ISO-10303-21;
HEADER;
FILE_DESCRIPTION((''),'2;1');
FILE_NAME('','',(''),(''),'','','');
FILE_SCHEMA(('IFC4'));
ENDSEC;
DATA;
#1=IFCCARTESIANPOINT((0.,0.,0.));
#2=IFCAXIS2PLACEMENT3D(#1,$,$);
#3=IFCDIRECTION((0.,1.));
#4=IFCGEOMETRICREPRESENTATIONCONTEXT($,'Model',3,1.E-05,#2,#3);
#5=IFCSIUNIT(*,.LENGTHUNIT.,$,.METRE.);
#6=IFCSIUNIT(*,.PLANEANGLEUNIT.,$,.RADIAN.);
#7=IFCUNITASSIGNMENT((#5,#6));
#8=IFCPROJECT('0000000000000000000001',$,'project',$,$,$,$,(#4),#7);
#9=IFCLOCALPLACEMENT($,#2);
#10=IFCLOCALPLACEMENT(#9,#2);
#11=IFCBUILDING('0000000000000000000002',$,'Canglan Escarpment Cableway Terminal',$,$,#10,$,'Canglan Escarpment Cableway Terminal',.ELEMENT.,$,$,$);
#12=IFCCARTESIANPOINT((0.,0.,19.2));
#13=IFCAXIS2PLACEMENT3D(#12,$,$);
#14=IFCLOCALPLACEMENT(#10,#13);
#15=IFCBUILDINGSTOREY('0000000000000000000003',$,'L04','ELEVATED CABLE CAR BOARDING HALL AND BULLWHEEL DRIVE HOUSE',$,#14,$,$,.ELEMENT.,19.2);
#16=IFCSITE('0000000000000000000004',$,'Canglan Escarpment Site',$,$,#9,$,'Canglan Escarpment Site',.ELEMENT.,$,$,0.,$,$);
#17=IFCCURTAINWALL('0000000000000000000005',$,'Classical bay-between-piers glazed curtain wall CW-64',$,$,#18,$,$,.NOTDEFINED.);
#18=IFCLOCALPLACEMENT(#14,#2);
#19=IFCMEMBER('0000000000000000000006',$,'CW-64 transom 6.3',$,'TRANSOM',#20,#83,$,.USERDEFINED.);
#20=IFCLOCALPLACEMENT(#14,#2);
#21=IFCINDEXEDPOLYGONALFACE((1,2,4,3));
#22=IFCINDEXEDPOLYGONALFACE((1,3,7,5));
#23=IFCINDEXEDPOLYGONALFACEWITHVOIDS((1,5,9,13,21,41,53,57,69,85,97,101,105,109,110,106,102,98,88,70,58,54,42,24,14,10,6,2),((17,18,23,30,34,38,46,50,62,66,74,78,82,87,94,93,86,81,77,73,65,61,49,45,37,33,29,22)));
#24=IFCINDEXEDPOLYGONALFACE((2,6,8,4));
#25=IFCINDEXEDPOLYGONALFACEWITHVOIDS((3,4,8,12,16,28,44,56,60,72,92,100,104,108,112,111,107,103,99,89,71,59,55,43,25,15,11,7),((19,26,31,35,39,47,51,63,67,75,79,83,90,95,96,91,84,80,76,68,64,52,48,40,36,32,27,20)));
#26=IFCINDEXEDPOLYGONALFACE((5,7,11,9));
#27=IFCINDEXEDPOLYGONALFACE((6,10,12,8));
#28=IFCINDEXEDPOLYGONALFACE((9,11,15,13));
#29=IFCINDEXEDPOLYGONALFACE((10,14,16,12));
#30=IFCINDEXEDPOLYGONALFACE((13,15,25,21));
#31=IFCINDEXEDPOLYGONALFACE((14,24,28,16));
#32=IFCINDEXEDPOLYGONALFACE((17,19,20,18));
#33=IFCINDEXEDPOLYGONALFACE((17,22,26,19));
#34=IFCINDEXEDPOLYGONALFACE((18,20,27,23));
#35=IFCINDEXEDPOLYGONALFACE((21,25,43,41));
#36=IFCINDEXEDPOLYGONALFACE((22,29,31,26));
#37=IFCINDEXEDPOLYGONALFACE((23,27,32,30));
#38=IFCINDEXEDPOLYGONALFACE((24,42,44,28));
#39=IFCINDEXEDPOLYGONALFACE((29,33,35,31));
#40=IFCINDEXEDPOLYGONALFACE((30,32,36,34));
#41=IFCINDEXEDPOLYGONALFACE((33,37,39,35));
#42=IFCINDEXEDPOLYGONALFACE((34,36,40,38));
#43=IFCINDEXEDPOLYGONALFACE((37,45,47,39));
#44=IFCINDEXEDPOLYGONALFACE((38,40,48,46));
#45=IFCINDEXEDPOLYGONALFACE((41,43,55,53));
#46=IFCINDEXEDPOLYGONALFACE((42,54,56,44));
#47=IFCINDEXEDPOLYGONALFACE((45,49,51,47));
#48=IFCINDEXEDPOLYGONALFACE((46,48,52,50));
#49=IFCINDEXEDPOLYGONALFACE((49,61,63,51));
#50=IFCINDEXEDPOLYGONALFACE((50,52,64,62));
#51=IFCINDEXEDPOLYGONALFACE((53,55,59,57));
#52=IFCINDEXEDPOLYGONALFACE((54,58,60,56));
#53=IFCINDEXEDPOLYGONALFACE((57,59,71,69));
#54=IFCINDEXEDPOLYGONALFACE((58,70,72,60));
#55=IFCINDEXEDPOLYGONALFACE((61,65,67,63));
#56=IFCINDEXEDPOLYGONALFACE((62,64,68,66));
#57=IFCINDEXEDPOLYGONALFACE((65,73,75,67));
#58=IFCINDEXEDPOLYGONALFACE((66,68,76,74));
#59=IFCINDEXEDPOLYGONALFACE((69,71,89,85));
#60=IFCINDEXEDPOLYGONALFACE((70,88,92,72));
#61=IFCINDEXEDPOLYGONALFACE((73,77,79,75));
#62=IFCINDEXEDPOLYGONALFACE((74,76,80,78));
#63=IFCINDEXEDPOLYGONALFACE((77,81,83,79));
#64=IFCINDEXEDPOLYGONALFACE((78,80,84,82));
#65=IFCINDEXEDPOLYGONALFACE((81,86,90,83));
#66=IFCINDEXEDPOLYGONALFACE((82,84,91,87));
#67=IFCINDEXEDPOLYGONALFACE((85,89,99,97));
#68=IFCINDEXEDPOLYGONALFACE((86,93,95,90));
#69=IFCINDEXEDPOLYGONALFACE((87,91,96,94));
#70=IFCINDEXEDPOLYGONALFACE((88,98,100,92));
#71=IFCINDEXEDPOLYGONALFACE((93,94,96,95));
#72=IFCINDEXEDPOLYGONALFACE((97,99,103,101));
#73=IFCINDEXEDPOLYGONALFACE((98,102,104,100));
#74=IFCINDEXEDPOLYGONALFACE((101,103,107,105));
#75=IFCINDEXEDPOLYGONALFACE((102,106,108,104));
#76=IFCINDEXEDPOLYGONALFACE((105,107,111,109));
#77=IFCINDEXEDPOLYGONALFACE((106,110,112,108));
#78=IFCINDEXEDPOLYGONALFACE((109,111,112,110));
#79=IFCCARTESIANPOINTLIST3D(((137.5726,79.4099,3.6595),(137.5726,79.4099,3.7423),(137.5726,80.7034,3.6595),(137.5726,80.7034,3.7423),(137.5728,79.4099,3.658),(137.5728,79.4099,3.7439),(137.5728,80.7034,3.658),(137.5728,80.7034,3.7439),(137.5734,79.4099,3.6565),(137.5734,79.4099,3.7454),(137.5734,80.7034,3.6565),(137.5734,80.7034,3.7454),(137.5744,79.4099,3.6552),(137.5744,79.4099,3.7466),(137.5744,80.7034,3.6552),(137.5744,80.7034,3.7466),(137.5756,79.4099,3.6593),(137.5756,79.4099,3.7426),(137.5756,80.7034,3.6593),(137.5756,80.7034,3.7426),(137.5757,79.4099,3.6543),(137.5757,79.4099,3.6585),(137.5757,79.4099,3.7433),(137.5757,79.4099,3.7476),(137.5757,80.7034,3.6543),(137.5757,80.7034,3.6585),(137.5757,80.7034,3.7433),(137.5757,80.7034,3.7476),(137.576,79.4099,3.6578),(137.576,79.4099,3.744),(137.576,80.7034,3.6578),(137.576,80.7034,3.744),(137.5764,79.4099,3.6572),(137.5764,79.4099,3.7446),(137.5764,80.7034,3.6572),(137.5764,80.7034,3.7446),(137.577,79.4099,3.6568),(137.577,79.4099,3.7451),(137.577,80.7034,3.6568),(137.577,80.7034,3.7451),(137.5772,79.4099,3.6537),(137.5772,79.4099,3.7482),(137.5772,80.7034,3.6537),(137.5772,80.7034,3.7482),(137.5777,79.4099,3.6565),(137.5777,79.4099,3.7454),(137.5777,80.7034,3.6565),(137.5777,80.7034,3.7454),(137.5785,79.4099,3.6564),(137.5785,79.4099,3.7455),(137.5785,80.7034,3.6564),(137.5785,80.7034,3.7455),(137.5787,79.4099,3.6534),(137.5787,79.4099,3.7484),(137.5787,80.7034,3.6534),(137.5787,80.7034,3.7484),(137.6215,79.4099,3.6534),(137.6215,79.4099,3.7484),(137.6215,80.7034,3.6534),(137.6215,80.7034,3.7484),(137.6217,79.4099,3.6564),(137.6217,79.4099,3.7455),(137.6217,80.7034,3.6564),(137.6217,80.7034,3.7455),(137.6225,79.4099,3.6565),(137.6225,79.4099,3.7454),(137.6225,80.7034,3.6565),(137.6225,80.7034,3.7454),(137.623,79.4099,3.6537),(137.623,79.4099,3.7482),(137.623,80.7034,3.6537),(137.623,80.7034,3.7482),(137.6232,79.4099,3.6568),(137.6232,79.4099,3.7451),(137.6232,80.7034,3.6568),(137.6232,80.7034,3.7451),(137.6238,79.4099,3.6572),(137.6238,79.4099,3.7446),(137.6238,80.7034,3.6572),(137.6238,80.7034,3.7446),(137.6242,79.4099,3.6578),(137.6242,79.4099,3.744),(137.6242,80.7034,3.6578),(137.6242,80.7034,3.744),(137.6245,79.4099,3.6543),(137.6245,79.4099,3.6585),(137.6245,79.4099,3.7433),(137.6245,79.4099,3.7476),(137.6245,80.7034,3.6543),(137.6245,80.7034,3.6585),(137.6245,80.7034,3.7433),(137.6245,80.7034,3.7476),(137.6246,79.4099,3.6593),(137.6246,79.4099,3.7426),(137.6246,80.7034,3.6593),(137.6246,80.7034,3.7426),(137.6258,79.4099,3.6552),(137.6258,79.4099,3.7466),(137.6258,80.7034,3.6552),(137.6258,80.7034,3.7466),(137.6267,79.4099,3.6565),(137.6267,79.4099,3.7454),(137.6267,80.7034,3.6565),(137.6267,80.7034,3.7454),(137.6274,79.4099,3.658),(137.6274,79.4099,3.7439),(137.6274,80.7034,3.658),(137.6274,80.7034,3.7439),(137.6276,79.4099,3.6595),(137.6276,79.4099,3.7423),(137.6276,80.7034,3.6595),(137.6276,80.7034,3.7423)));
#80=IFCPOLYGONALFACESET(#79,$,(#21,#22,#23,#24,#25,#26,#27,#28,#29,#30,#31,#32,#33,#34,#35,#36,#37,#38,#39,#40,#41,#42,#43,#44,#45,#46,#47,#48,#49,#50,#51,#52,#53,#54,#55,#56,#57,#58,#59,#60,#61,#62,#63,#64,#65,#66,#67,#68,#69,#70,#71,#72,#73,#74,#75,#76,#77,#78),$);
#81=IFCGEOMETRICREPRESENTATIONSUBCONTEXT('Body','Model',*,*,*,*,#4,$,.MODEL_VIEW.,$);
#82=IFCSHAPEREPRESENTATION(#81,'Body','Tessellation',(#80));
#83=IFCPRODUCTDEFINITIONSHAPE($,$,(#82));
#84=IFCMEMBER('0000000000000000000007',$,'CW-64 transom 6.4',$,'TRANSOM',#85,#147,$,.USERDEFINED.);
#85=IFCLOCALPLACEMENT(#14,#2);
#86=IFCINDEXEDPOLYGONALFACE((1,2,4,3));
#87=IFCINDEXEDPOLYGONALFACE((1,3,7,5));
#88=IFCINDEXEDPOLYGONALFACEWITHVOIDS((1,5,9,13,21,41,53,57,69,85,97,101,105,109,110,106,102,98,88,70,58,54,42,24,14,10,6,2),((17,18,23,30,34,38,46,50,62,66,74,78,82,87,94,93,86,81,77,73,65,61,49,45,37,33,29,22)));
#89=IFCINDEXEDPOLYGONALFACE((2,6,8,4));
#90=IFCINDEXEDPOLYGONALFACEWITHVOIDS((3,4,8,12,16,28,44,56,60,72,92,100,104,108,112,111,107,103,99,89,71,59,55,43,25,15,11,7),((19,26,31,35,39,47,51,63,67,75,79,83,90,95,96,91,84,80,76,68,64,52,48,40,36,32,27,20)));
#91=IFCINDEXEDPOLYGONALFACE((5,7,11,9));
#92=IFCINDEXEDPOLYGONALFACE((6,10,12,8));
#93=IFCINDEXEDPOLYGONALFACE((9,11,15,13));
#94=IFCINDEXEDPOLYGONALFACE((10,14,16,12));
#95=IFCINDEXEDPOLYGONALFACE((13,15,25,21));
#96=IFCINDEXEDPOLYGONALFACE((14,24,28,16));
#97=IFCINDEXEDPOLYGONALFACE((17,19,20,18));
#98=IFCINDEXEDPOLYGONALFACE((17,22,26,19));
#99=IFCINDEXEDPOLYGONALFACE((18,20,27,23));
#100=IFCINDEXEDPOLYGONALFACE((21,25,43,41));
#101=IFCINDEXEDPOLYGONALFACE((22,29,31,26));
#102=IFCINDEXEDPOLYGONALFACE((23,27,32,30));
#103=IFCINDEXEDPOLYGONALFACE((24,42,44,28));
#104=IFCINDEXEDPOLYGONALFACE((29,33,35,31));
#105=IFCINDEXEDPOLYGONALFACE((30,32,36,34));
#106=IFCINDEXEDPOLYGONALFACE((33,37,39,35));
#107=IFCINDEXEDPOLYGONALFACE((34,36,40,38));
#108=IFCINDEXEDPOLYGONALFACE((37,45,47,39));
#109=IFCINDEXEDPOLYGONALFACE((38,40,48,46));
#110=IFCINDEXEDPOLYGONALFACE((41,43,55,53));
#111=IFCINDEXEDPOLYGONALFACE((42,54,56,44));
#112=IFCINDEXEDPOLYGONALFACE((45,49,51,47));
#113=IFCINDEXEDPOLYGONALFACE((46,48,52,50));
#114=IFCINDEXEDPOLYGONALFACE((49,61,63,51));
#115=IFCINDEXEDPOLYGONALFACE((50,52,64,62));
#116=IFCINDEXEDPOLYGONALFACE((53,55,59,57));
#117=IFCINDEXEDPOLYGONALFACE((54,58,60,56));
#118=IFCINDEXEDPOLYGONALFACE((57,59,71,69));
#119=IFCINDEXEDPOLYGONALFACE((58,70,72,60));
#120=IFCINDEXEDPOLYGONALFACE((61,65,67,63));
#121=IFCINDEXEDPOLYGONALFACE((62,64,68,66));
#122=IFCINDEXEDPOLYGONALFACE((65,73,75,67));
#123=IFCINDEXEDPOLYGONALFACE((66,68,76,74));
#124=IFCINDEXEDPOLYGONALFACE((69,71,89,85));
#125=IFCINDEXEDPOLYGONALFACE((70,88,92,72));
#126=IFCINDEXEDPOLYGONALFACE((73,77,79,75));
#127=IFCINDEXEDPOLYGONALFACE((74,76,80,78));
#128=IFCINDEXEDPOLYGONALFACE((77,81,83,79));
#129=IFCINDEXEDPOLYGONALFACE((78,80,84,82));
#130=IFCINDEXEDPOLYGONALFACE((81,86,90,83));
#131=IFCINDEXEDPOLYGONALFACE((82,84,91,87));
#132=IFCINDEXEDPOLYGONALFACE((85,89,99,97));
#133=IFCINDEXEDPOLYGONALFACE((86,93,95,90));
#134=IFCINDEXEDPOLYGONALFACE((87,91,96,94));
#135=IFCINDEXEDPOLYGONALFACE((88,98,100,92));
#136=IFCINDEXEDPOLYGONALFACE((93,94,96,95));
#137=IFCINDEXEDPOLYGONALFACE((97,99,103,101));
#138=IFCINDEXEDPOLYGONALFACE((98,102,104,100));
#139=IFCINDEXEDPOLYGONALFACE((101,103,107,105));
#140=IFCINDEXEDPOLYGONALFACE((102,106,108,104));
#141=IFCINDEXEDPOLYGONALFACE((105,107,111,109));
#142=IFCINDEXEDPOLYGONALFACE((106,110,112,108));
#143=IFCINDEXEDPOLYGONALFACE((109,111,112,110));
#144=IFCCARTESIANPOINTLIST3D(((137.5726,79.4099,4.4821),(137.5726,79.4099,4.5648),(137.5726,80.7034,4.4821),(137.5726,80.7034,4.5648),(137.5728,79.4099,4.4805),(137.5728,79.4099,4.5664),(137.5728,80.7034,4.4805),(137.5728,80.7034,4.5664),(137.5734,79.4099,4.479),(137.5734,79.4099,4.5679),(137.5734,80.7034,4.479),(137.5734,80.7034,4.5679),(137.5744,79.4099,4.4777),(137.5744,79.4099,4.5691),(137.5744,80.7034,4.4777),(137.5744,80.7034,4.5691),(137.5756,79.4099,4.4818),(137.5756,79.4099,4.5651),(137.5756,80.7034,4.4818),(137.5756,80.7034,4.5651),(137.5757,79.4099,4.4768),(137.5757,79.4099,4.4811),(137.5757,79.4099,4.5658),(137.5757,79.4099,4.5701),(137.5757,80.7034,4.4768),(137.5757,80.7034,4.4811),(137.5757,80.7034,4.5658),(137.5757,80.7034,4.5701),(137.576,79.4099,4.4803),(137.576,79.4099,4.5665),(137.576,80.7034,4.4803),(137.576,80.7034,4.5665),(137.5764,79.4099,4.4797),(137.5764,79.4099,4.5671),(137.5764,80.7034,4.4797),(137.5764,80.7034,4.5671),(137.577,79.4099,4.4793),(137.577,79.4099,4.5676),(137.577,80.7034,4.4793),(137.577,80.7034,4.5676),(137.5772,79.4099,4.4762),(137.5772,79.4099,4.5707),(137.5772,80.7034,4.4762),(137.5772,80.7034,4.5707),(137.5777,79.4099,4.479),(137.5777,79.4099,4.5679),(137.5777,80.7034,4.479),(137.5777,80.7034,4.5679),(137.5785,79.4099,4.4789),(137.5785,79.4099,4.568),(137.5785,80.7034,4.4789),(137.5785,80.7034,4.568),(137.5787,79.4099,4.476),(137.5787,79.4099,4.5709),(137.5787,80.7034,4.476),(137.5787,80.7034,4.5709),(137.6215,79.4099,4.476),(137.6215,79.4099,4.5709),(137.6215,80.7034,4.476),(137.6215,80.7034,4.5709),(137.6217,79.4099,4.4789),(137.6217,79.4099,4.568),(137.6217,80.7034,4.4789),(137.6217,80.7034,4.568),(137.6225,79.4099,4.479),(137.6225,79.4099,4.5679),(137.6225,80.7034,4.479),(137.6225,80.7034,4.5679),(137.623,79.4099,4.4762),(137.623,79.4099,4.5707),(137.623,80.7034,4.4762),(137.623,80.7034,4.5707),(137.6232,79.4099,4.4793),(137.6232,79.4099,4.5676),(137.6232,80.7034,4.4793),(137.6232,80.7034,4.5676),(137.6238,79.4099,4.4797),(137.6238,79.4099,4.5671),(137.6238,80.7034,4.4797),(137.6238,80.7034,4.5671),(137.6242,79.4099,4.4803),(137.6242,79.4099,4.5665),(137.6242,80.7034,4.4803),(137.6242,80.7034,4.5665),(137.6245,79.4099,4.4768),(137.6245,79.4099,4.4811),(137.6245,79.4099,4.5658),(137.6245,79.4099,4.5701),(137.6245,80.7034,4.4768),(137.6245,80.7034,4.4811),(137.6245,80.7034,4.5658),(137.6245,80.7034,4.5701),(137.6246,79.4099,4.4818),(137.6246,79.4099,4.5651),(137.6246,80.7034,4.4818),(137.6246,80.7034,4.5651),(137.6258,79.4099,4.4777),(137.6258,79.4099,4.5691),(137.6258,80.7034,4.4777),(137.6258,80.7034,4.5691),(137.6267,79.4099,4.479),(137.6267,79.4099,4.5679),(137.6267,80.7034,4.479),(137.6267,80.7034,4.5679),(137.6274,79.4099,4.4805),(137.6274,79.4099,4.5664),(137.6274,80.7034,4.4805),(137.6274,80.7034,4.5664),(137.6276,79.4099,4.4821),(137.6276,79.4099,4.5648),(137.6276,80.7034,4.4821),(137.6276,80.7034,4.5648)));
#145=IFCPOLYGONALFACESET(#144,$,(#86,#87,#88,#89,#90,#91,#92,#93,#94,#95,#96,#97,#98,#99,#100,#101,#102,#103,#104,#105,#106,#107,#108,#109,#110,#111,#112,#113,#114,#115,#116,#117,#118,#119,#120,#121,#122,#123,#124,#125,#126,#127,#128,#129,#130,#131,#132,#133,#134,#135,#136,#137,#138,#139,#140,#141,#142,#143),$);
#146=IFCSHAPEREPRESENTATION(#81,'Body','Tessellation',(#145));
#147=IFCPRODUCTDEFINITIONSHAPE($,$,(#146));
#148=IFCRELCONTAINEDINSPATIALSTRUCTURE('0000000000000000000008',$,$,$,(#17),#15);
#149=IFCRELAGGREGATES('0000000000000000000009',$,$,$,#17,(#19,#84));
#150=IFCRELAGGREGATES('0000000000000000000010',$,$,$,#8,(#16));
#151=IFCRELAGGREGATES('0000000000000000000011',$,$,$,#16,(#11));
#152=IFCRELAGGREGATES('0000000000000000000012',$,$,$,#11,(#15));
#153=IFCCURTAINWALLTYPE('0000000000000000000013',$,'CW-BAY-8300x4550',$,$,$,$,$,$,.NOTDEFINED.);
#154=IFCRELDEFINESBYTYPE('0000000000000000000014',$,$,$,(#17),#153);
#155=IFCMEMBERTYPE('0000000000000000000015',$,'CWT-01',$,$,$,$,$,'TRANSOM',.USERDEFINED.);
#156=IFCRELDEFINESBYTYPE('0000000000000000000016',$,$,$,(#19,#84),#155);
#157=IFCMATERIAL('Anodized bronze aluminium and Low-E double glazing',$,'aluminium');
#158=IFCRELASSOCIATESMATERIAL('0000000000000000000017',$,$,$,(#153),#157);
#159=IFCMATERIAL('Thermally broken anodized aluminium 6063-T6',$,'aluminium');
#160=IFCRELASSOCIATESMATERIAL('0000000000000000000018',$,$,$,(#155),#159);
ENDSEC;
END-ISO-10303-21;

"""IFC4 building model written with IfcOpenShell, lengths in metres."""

from ifc_helpers import new_model, si_unit, direction, frame, origin, origin_2d, place, context, subcontext, project, spatial, hollow_rectangle, extrude, material, material_profile, profile_set, type_object, element, aggregate, save


model = new_model("IFC4")

# Units and contexts
model_context = context("Model", 3, precision=1e-05, world=origin(), true_north=direction((0.0, 1.0)))
body_context = subcontext(model_context, "Body", "Model", "MODEL_VIEW")
ifc_project = project(units=[si_unit("LENGTHUNIT", "METRE"), si_unit("PLANEANGLEUNIT", "RADIAN")], contexts=[model_context])

# Site, building, storey
site_placement = place(None, origin())
site = spatial("IfcSite", under=ifc_project, at=site_placement, Name="Canglan Escarpment Site", LongName="Canglan Escarpment Site", CompositionType="ELEMENT", RefElevation=0.0)
building_placement = place(site_placement, origin())
building = spatial("IfcBuilding", under=site, at=building_placement, Name="Canglan Escarpment Cableway Terminal", LongName="Canglan Escarpment Cableway Terminal", CompositionType="ELEMENT")
storey_placement = place(building_placement, frame((0.0, 0.0, 19.2)))
storey = spatial("IfcBuildingStorey", under=building, at=storey_placement, Name="L04", Description="ELEVATED CABLE CAR BOARDING HALL AND BULLWHEEL DRIVE HOUSE", CompositionType="ELEMENT", Elevation=19.2)

# Curtain wall
ifc_material_1 = material(Name="Anodized bronze aluminium and Low-E double glazing", Category="aluminium")
curtain_wall_type = type_object("IfcCurtainWallType", Name="CW-BAY-8300x4550", PredefinedType="NOTDEFINED", material=ifc_material_1)
curtain_wall_1_placement = place(storey_placement, origin())
curtain_wall_1 = element("IfcCurtainWall", 1, at=curtain_wall_1_placement, inside=storey, type_object=curtain_wall_type, Name="Classical bay-between-piers glazed curtain wall CW-64", PredefinedType="NOTDEFINED")
ifc_material_2 = material(Name="Thermally broken anodized aluminium 6063-T6", Category="aluminium")

# Members
ifc_material_profile_1 = material_profile(ifc_material_2, hollow_rectangle(XDim=0.0549, YDim=0.095, WallThickness=0.0029, InnerFilletRadius=0.0029, OuterFilletRadius=0.0061, at=origin_2d()), Name="ALU-TRAN 55x95x3")
ifc_profile_set_1 = profile_set([ifc_material_profile_1], Name="Thermally broken anodized aluminium 6063-T6")
member_type_1 = type_object("IfcMemberType", Name="CWT-01", ElementType="TRANSOM", PredefinedType="USERDEFINED", material=ifc_profile_set_1)
member_1_placement = place(storey_placement, frame((137.6001, 80.7034, 3.7009), z_axis=(0.0, -1.0, 0.0), x_axis=(1.0, 0.0, 0.0)))
member_1 = element("IfcMember", 2, at=member_1_placement, type_object=member_type_1, Name="CW-64 transom 6.3", ObjectType="TRANSOM", PredefinedType="USERDEFINED", context=body_context, shape_type="SweptSolid", body=[
    extrude(hollow_rectangle(XDim=0.0549, YDim=0.095, WallThickness=0.0029, InnerFilletRadius=0.0029, OuterFilletRadius=0.0061, at=origin_2d()), origin(), (0.0, 0.0, 1.0), 1.2935),
])
member_2_placement = place(storey_placement, frame((137.6001, 80.7034, 4.5234), z_axis=(0.0, -1.0, 0.0), x_axis=(1.0, 0.0, 0.0)))
member_2 = element("IfcMember", 3, at=member_2_placement, type_object=member_type_1, Name="CW-64 transom 6.4", ObjectType="TRANSOM", PredefinedType="USERDEFINED", context=body_context, shape_type="SweptSolid", body=[
    extrude(hollow_rectangle(XDim=0.0549, YDim=0.095, WallThickness=0.0029, InnerFilletRadius=0.0029, OuterFilletRadius=0.0061, at=origin_2d()), origin(), (0.0, 0.0, 1.0), 1.2935),
])

aggregate(curtain_wall_1, [member_1, member_2])

save(model, "model.ifc")
